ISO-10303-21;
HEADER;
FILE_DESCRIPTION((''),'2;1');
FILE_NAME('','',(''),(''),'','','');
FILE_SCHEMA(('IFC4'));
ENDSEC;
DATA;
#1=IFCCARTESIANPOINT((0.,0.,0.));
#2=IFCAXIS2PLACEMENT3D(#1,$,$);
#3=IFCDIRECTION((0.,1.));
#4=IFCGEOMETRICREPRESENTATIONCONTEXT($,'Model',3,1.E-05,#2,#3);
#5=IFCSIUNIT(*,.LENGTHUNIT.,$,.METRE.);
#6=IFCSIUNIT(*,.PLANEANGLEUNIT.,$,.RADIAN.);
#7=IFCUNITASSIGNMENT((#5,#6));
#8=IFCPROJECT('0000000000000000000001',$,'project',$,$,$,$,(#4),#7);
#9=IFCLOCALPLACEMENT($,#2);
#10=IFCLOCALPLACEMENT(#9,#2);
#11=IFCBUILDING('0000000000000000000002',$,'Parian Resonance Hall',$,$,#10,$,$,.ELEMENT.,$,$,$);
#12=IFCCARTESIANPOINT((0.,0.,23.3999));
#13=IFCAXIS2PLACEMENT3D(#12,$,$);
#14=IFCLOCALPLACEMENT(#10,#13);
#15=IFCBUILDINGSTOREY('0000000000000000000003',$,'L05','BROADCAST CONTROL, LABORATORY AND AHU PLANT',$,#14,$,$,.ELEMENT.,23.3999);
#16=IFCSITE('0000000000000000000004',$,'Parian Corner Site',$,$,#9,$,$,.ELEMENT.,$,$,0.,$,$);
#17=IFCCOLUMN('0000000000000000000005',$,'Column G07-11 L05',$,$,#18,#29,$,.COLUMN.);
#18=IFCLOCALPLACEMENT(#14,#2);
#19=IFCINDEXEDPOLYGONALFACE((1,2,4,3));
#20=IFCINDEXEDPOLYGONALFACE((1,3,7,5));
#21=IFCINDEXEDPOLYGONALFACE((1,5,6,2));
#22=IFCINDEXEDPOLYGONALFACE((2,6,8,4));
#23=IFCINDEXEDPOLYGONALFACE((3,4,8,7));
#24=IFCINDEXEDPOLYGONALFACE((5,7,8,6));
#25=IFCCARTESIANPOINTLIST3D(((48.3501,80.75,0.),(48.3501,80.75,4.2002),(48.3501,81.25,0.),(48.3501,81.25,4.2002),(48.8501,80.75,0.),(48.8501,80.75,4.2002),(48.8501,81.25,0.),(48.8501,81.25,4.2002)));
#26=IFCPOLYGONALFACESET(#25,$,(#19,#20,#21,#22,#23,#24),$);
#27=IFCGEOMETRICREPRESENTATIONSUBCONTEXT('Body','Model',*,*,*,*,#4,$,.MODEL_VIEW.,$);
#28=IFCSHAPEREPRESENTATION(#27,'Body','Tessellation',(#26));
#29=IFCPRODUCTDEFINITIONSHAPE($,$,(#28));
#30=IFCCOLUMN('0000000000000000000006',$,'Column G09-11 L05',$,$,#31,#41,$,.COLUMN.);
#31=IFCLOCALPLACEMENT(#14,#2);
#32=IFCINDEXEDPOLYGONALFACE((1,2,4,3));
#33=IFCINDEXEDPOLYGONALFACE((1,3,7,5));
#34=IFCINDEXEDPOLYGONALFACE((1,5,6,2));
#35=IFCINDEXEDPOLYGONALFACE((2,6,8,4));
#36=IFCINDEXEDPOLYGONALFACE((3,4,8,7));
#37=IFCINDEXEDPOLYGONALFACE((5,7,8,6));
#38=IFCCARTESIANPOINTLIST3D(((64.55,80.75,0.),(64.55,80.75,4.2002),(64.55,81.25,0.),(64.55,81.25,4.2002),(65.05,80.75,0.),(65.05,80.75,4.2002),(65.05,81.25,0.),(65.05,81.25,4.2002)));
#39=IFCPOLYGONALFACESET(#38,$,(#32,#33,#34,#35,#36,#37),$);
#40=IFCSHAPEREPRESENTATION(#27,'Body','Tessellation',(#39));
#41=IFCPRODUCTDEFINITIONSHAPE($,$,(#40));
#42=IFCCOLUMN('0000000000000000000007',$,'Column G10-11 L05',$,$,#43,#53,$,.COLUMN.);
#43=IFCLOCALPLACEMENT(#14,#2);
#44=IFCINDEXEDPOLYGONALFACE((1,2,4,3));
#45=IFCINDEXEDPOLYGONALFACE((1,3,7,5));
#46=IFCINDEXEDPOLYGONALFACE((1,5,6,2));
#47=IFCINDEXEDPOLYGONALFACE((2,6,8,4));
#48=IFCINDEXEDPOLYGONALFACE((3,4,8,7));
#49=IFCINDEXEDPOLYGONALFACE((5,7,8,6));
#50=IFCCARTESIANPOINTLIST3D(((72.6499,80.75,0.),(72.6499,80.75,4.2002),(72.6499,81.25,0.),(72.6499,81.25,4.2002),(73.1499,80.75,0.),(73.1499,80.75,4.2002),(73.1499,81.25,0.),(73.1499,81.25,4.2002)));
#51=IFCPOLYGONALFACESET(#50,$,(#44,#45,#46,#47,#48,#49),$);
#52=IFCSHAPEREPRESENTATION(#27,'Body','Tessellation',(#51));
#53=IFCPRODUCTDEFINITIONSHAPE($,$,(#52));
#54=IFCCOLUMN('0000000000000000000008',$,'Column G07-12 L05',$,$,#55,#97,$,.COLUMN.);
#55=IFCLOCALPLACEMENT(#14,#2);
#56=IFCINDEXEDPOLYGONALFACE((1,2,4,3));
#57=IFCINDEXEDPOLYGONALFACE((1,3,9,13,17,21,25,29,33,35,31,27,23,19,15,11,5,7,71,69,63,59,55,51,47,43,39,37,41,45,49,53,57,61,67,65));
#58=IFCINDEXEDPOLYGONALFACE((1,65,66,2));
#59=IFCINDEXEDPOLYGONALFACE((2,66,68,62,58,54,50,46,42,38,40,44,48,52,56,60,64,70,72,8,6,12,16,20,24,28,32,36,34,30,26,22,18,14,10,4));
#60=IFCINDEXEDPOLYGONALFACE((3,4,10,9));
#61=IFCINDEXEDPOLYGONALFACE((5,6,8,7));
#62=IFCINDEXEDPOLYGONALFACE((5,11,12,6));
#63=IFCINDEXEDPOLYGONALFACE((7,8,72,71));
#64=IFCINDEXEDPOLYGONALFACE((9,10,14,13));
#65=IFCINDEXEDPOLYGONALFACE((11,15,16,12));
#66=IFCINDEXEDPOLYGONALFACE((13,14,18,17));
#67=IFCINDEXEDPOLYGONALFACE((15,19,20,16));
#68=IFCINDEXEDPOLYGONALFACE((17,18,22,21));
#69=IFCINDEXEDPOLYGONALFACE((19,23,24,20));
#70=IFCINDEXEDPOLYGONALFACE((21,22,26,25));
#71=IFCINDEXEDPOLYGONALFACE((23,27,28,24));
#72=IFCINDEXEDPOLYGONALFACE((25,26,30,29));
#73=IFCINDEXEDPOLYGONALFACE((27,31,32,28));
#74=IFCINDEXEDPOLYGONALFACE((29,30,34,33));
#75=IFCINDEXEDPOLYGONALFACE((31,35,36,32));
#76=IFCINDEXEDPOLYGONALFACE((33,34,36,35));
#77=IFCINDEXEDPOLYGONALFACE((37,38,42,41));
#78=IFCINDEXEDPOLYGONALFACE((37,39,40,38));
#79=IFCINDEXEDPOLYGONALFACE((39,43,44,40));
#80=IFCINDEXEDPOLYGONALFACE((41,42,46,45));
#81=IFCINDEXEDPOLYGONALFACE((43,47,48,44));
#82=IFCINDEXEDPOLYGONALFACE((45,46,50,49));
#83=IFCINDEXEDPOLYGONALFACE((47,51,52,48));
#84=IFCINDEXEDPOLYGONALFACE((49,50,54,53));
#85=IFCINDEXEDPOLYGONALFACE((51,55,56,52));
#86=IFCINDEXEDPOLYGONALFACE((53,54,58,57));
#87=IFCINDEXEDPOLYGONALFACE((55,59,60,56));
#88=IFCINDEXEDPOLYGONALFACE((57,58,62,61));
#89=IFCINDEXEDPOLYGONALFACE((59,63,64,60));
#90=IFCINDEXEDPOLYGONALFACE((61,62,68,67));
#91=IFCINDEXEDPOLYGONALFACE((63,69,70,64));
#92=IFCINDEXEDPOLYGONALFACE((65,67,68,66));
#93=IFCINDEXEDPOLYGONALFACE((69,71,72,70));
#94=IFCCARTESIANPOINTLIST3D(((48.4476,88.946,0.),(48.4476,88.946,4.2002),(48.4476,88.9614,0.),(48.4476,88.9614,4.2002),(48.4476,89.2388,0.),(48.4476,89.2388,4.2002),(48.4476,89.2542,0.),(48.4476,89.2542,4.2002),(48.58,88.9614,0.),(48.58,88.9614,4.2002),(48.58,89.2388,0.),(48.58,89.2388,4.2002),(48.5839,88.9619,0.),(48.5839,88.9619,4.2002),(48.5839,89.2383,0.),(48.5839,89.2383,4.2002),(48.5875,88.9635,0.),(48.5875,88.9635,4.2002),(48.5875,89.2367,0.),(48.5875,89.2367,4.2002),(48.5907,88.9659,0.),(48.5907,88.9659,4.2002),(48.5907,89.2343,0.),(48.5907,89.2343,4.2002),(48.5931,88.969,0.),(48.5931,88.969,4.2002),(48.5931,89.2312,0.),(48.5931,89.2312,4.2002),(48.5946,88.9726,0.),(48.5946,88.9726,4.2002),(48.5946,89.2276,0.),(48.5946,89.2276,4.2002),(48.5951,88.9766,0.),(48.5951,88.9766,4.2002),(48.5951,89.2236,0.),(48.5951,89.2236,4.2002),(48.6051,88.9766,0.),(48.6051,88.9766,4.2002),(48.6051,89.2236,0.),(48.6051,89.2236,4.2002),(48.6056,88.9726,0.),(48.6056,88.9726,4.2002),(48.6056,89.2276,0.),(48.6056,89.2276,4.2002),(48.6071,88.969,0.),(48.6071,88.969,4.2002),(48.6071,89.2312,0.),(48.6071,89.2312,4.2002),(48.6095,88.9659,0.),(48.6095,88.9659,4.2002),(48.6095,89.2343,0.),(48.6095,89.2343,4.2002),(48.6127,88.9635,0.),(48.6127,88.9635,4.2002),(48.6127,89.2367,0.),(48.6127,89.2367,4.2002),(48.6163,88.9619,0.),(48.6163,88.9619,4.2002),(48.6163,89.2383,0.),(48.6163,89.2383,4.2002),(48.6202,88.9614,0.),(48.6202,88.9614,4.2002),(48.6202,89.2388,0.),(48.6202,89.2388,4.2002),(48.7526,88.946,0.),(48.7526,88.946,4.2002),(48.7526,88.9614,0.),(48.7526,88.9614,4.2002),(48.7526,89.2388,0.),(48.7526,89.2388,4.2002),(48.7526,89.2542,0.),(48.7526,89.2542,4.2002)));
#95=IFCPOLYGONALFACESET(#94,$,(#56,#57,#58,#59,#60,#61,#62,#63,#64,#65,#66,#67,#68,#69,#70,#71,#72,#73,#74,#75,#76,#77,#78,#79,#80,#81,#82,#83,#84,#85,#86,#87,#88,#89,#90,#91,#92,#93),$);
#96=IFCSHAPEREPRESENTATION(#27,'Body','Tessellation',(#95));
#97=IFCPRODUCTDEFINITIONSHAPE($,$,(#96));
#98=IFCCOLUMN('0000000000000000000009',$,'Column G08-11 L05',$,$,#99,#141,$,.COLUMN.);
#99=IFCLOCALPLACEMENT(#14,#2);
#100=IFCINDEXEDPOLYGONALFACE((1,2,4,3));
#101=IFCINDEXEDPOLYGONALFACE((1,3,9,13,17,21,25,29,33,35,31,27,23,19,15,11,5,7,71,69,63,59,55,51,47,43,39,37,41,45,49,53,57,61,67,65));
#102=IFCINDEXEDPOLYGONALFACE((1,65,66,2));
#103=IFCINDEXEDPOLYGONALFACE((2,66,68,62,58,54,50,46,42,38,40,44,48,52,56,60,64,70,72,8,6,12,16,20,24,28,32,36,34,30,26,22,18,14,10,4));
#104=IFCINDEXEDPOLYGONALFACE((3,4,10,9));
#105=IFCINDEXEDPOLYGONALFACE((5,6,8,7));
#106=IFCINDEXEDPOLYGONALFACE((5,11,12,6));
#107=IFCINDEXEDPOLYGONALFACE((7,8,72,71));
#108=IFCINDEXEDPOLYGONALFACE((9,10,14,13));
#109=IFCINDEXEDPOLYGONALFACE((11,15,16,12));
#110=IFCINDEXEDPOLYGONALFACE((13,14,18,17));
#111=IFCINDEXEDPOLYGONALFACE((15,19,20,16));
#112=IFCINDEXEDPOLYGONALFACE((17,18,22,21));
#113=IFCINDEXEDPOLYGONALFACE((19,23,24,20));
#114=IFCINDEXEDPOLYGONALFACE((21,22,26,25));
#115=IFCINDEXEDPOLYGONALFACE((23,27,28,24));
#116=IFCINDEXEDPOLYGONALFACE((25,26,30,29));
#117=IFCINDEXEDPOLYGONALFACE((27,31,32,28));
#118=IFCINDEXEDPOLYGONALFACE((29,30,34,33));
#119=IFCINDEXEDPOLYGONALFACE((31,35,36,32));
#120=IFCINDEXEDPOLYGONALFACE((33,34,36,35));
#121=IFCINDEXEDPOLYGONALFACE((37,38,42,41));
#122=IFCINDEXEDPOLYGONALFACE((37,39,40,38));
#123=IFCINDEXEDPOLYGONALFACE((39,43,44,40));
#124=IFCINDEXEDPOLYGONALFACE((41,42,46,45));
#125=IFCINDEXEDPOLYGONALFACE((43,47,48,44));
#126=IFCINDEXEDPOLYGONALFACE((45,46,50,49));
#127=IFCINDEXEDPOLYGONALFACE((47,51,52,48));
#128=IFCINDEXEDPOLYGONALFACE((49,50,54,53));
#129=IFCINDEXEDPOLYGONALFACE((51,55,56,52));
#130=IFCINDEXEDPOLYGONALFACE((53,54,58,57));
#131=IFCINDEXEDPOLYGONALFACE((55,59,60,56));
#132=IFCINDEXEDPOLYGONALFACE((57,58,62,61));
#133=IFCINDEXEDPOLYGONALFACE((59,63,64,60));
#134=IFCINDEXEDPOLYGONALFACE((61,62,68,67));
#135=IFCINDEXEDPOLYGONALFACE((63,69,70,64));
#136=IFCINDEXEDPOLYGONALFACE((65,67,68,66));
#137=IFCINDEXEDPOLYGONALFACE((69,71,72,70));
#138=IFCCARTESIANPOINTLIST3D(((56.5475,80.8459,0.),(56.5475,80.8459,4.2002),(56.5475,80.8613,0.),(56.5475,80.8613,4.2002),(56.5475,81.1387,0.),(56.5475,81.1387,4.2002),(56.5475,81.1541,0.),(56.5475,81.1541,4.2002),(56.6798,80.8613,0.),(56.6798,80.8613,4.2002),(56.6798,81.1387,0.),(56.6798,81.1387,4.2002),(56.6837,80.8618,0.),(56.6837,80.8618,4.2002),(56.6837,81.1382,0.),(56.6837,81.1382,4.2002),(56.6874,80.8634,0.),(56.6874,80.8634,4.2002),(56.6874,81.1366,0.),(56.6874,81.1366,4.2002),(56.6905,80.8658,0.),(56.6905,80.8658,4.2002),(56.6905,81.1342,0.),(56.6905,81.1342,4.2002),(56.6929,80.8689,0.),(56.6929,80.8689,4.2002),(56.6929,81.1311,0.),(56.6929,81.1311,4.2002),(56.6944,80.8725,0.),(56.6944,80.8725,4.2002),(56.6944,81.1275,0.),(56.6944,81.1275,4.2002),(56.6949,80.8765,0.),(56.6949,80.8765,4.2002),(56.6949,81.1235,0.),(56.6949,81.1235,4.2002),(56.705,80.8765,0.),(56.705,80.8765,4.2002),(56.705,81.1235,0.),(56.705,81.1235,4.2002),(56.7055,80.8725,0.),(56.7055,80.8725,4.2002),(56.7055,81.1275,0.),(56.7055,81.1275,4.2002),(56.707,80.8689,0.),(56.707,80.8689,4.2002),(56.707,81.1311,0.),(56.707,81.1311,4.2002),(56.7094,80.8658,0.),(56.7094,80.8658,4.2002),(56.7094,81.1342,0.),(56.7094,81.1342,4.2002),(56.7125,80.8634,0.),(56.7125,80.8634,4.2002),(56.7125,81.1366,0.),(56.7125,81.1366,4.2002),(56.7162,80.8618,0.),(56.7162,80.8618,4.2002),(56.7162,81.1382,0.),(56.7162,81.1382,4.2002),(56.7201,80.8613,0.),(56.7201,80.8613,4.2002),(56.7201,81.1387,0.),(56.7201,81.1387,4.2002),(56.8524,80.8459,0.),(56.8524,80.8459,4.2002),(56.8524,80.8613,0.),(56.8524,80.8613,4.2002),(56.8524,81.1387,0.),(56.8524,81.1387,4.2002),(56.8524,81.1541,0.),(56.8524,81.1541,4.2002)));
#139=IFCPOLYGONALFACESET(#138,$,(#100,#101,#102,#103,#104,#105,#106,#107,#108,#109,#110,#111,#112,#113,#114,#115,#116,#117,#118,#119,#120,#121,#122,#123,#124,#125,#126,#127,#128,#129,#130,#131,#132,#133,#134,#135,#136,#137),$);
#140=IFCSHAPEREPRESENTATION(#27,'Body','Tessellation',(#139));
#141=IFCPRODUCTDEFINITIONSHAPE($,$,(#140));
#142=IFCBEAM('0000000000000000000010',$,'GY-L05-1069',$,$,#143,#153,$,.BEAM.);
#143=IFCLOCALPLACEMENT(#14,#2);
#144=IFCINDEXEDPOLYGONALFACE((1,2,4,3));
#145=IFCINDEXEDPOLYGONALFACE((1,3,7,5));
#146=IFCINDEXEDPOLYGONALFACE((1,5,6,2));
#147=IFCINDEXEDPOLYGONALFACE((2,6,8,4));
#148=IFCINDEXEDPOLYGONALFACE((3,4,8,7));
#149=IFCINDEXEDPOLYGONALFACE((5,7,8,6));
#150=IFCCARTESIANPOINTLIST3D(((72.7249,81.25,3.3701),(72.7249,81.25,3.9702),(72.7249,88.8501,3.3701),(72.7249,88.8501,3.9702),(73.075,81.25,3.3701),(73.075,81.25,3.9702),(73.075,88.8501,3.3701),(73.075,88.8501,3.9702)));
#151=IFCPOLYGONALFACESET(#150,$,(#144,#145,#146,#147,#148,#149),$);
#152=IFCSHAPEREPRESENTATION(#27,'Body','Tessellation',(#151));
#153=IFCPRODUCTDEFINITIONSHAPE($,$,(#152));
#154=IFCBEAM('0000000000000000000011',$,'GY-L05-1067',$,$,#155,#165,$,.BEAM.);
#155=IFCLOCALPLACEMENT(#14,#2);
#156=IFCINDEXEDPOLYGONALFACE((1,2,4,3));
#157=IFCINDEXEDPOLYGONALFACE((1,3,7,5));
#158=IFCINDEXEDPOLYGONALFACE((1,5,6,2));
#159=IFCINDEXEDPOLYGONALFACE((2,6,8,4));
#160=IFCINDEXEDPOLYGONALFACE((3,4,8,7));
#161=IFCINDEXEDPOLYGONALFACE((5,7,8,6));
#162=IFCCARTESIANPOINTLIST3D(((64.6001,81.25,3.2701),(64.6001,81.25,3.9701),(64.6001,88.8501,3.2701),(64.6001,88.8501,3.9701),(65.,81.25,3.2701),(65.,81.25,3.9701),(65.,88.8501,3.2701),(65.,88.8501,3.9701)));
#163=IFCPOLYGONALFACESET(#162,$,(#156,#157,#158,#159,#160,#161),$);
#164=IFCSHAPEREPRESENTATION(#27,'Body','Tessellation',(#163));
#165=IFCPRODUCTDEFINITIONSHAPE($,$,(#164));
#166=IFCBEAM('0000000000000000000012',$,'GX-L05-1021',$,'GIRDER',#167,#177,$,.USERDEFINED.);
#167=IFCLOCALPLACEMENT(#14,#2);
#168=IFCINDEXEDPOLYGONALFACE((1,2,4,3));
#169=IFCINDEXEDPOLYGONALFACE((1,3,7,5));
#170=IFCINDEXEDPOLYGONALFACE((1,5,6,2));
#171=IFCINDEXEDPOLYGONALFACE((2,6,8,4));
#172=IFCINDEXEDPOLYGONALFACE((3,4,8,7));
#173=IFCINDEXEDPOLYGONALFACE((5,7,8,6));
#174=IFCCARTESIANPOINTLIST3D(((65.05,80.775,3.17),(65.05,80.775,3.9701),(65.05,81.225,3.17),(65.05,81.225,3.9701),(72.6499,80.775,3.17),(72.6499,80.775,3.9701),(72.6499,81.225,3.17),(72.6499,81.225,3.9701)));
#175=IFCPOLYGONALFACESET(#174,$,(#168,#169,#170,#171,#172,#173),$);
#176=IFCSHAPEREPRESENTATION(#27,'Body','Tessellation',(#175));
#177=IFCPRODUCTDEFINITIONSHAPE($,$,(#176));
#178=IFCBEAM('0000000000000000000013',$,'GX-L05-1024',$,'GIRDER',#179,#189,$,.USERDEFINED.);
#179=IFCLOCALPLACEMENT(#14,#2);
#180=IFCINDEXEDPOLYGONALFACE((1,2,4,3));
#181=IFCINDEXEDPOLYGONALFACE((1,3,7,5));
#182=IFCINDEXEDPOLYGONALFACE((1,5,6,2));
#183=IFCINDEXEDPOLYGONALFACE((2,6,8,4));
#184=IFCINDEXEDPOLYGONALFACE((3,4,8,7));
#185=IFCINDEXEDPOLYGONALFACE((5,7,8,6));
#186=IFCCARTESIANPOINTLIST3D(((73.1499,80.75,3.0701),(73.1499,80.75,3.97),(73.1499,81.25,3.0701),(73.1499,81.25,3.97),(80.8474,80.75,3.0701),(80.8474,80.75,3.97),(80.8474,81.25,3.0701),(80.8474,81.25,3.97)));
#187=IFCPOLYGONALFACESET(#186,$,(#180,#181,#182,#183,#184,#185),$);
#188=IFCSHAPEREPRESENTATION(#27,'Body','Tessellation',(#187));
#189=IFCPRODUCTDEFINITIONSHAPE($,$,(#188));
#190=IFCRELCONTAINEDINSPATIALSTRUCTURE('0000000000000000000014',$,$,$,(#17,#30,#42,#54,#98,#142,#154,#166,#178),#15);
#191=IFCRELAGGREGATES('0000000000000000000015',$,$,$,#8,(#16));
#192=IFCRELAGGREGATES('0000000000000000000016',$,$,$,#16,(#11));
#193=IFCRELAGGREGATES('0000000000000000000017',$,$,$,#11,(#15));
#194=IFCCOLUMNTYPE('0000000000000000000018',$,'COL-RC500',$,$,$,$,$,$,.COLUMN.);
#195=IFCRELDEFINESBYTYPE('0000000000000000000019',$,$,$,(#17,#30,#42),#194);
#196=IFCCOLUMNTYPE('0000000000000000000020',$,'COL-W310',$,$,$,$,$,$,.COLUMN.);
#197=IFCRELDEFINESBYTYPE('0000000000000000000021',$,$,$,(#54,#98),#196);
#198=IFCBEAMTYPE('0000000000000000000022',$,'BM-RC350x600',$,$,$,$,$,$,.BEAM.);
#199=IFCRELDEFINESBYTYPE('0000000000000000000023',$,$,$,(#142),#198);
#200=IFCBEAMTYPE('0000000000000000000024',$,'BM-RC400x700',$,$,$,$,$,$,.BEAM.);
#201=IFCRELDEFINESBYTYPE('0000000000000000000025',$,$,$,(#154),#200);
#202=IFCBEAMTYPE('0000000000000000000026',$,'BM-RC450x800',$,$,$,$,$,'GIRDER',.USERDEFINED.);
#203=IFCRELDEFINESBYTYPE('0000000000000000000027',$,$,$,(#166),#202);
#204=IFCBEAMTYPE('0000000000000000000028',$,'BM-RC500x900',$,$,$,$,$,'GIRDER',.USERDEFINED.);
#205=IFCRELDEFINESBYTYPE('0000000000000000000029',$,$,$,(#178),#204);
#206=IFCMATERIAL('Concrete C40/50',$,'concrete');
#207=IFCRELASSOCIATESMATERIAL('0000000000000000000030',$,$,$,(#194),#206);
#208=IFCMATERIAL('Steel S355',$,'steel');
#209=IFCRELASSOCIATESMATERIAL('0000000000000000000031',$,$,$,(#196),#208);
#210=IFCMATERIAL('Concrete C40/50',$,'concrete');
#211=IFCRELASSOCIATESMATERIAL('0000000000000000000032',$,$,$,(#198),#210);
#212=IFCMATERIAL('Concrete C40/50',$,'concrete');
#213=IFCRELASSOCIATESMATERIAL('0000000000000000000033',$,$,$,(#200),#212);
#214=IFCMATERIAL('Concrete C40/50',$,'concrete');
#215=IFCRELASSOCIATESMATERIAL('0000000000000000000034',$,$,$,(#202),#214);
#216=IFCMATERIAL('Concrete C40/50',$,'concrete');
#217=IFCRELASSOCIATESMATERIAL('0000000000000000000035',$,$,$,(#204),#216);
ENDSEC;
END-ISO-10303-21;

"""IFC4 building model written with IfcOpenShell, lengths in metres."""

from ifc_helpers import new_model, si_unit, direction, frame, origin, origin_2d, place, context, subcontext, project, spatial, rectangle, i_section, extrude, material, material_profile, profile_set, type_object, element, save


model = new_model("IFC4")

# Units and contexts
model_context = context("Model", 3, precision=1e-05, world=origin(), true_north=direction((0.0, 1.0)))
body_context = subcontext(model_context, "Body", "Model", "MODEL_VIEW")
ifc_project = project(units=[si_unit("LENGTHUNIT", "METRE"), si_unit("PLANEANGLEUNIT", "RADIAN")], contexts=[model_context])

# Site, building, storey
site_placement = place(None, origin())
site = spatial("IfcSite", under=ifc_project, at=site_placement, Name="Parian Corner Site", CompositionType="ELEMENT", RefElevation=0.0)
building_placement = place(site_placement, origin())
building = spatial("IfcBuilding", under=site, at=building_placement, Name="Parian Resonance Hall", CompositionType="ELEMENT")
storey_placement = place(building_placement, frame((0.0, 0.0, 23.3999)))
storey = spatial("IfcBuildingStorey", under=building, at=storey_placement, Name="L05", Description="BROADCAST CONTROL, LABORATORY AND AHU PLANT", CompositionType="ELEMENT", Elevation=23.3999)

# Columns
ifc_material_1 = material(Name="Concrete C40/50", Category="concrete")
ifc_material_profile_1 = material_profile(ifc_material_1, rectangle(XDim=0.5, YDim=0.5, at=origin_2d()), Name="RC-COL-500x500")
ifc_profile_set_1 = profile_set([ifc_material_profile_1], Name="Concrete C40/50")
column_type_1 = type_object("IfcColumnType", Name="COL-RC500", PredefinedType="COLUMN", material=ifc_profile_set_1)
for number, where, z_axis, x_axis, name in (
    (1, (48.6001, 81.0, 0.0), (0.0, 0.0, 1.0), (1.0, 0.0, 0.0), "Column G07-11 L05"),
    (2, (64.8, 81.0, 0.0), (0.0, 0.0, 1.0), (1.0, 0.0, 0.0), "Column G09-11 L05"),
    (3, (72.8999, 81.0, 0.0), (0.0, 0.0, 1.0), (1.0, 0.0, 0.0), "Column G10-11 L05"),
):
    element("IfcColumn", number, at=place(storey_placement, frame(where, z_axis=z_axis, x_axis=x_axis)), inside=storey, type_object=column_type_1, Name=name, PredefinedType="COLUMN", context=body_context, shape_type="SweptSolid", body=[
        extrude(rectangle(XDim=0.5, YDim=0.5, at=origin_2d()), origin(), (0.0, 0.0, 1.0), 4.2002),
    ])
ifc_material_2 = material(Name="Steel S355", Category="steel")
ifc_material_profile_2 = material_profile(ifc_material_2, i_section(OverallWidth=0.3049, OverallDepth=0.3081, WebThickness=0.01, FlangeThickness=0.0154, FilletRadius=0.0151, at=origin_2d()), Name="W310x97")
ifc_profile_set_2 = profile_set([ifc_material_profile_2], Name="Steel S355")
column_type_2 = type_object("IfcColumnType", Name="COL-W310", PredefinedType="COLUMN", material=ifc_profile_set_2)
for number, where, z_axis, x_axis, name in (
    (4, (48.6001, 89.1001, 0.0), (0.0, 0.0, 1.0), (1.0, 0.0, 0.0), "Column G07-12 L05"),
    (5, (56.7, 81.0, 0.0), (0.0, 0.0, 1.0), (1.0, 0.0, 0.0), "Column G08-11 L05"),
):
    element("IfcColumn", number, at=place(storey_placement, frame(where, z_axis=z_axis, x_axis=x_axis)), inside=storey, type_object=column_type_2, Name=name, PredefinedType="COLUMN", context=body_context, shape_type="SweptSolid", body=[
        extrude(i_section(OverallWidth=0.3049, OverallDepth=0.3081, WebThickness=0.01, FlangeThickness=0.0154, FilletRadius=0.0151, at=origin_2d()), origin(), (0.0, 0.0, 1.0), 4.2002),
    ])

# Beams
ifc_material_3 = material(Name="Concrete C40/50", Category="concrete")
ifc_material_profile_3 = material_profile(ifc_material_3, rectangle(XDim=0.3501, YDim=0.6001, at=origin_2d()), Name="RC-BM-350x600")
ifc_profile_set_3 = profile_set([ifc_material_profile_3], Name="Concrete C40/50")
beam_type_1 = type_object("IfcBeamType", Name="BM-RC350x600", PredefinedType="BEAM", material=ifc_profile_set_3)
beam_1_placement = place(storey_placement, frame((72.8999, 81.25, 3.6702), z_axis=(0.0, 1.0, 0.0), x_axis=(-1.0, 0.0, 0.0)))
element("IfcBeam", 6, at=beam_1_placement, inside=storey, type_object=beam_type_1, Name="GY-L05-1069", PredefinedType="BEAM", context=body_context, shape_type="SweptSolid", body=[
    extrude(rectangle(XDim=0.3501, YDim=0.6001, at=origin_2d()), origin(), (0.0, 0.0, 1.0), 7.6001),
])
ifc_material_4 = material(Name="Concrete C40/50", Category="concrete")
ifc_material_profile_4 = material_profile(ifc_material_4, rectangle(XDim=0.3999, YDim=0.7, at=origin_2d()), Name="RC-BM-400x700")
ifc_profile_set_4 = profile_set([ifc_material_profile_4], Name="Concrete C40/50")
beam_type_2 = type_object("IfcBeamType", Name="BM-RC400x700", PredefinedType="BEAM", material=ifc_profile_set_4)
beam_2_placement = place(storey_placement, frame((64.8, 81.25, 3.6201), z_axis=(0.0, 1.0, 0.0), x_axis=(-1.0, 0.0, 0.0)))
element("IfcBeam", 7, at=beam_2_placement, inside=storey, type_object=beam_type_2, Name="GY-L05-1067", PredefinedType="BEAM", context=body_context, shape_type="SweptSolid", body=[
    extrude(rectangle(XDim=0.3999, YDim=0.7, at=origin_2d()), origin(), (0.0, 0.0, 1.0), 7.6001),
])
ifc_material_5 = material(Name="Concrete C40/50", Category="concrete")
ifc_material_profile_5 = material_profile(ifc_material_5, rectangle(XDim=0.45, YDim=0.8, at=origin_2d()), Name="RC-BM-450x800")
ifc_profile_set_5 = profile_set([ifc_material_profile_5], Name="Concrete C40/50")
beam_type_3 = type_object("IfcBeamType", Name="BM-RC450x800", ElementType="GIRDER", PredefinedType="USERDEFINED", material=ifc_profile_set_5)
beam_3_placement = place(storey_placement, frame((65.05, 81.0, 3.5701), z_axis=(1.0, 0.0, 0.0), x_axis=(0.0, 1.0, 0.0)))
element("IfcBeam", 8, at=beam_3_placement, inside=storey, type_object=beam_type_3, Name="GX-L05-1021", ObjectType="GIRDER", PredefinedType="USERDEFINED", context=body_context, shape_type="SweptSolid", body=[
    extrude(rectangle(XDim=0.45, YDim=0.8, at=origin_2d()), origin(), (0.0, 0.0, 1.0), 7.5999),
])
ifc_material_6 = material(Name="Concrete C40/50", Category="concrete")
ifc_material_profile_6 = material_profile(ifc_material_6, rectangle(XDim=0.5, YDim=0.8999, at=origin_2d()), Name="RC-BM-500x900")
ifc_profile_set_6 = profile_set([ifc_material_profile_6], Name="Concrete C40/50")
beam_type_4 = type_object("IfcBeamType", Name="BM-RC500x900", ElementType="GIRDER", PredefinedType="USERDEFINED", material=ifc_profile_set_6)
beam_4_placement = place(storey_placement, frame((73.1499, 81.0, 3.52), z_axis=(1.0, 0.0, 0.0), x_axis=(0.0, 1.0, 0.0)))
element("IfcBeam", 9, at=beam_4_placement, inside=storey, type_object=beam_type_4, Name="GX-L05-1024", ObjectType="GIRDER", PredefinedType="USERDEFINED", context=body_context, shape_type="SweptSolid", body=[
    extrude(rectangle(XDim=0.5, YDim=0.8999, at=origin_2d()), origin(), (0.0, 0.0, 1.0), 7.6975),
])

save(model, "model.ifc")
